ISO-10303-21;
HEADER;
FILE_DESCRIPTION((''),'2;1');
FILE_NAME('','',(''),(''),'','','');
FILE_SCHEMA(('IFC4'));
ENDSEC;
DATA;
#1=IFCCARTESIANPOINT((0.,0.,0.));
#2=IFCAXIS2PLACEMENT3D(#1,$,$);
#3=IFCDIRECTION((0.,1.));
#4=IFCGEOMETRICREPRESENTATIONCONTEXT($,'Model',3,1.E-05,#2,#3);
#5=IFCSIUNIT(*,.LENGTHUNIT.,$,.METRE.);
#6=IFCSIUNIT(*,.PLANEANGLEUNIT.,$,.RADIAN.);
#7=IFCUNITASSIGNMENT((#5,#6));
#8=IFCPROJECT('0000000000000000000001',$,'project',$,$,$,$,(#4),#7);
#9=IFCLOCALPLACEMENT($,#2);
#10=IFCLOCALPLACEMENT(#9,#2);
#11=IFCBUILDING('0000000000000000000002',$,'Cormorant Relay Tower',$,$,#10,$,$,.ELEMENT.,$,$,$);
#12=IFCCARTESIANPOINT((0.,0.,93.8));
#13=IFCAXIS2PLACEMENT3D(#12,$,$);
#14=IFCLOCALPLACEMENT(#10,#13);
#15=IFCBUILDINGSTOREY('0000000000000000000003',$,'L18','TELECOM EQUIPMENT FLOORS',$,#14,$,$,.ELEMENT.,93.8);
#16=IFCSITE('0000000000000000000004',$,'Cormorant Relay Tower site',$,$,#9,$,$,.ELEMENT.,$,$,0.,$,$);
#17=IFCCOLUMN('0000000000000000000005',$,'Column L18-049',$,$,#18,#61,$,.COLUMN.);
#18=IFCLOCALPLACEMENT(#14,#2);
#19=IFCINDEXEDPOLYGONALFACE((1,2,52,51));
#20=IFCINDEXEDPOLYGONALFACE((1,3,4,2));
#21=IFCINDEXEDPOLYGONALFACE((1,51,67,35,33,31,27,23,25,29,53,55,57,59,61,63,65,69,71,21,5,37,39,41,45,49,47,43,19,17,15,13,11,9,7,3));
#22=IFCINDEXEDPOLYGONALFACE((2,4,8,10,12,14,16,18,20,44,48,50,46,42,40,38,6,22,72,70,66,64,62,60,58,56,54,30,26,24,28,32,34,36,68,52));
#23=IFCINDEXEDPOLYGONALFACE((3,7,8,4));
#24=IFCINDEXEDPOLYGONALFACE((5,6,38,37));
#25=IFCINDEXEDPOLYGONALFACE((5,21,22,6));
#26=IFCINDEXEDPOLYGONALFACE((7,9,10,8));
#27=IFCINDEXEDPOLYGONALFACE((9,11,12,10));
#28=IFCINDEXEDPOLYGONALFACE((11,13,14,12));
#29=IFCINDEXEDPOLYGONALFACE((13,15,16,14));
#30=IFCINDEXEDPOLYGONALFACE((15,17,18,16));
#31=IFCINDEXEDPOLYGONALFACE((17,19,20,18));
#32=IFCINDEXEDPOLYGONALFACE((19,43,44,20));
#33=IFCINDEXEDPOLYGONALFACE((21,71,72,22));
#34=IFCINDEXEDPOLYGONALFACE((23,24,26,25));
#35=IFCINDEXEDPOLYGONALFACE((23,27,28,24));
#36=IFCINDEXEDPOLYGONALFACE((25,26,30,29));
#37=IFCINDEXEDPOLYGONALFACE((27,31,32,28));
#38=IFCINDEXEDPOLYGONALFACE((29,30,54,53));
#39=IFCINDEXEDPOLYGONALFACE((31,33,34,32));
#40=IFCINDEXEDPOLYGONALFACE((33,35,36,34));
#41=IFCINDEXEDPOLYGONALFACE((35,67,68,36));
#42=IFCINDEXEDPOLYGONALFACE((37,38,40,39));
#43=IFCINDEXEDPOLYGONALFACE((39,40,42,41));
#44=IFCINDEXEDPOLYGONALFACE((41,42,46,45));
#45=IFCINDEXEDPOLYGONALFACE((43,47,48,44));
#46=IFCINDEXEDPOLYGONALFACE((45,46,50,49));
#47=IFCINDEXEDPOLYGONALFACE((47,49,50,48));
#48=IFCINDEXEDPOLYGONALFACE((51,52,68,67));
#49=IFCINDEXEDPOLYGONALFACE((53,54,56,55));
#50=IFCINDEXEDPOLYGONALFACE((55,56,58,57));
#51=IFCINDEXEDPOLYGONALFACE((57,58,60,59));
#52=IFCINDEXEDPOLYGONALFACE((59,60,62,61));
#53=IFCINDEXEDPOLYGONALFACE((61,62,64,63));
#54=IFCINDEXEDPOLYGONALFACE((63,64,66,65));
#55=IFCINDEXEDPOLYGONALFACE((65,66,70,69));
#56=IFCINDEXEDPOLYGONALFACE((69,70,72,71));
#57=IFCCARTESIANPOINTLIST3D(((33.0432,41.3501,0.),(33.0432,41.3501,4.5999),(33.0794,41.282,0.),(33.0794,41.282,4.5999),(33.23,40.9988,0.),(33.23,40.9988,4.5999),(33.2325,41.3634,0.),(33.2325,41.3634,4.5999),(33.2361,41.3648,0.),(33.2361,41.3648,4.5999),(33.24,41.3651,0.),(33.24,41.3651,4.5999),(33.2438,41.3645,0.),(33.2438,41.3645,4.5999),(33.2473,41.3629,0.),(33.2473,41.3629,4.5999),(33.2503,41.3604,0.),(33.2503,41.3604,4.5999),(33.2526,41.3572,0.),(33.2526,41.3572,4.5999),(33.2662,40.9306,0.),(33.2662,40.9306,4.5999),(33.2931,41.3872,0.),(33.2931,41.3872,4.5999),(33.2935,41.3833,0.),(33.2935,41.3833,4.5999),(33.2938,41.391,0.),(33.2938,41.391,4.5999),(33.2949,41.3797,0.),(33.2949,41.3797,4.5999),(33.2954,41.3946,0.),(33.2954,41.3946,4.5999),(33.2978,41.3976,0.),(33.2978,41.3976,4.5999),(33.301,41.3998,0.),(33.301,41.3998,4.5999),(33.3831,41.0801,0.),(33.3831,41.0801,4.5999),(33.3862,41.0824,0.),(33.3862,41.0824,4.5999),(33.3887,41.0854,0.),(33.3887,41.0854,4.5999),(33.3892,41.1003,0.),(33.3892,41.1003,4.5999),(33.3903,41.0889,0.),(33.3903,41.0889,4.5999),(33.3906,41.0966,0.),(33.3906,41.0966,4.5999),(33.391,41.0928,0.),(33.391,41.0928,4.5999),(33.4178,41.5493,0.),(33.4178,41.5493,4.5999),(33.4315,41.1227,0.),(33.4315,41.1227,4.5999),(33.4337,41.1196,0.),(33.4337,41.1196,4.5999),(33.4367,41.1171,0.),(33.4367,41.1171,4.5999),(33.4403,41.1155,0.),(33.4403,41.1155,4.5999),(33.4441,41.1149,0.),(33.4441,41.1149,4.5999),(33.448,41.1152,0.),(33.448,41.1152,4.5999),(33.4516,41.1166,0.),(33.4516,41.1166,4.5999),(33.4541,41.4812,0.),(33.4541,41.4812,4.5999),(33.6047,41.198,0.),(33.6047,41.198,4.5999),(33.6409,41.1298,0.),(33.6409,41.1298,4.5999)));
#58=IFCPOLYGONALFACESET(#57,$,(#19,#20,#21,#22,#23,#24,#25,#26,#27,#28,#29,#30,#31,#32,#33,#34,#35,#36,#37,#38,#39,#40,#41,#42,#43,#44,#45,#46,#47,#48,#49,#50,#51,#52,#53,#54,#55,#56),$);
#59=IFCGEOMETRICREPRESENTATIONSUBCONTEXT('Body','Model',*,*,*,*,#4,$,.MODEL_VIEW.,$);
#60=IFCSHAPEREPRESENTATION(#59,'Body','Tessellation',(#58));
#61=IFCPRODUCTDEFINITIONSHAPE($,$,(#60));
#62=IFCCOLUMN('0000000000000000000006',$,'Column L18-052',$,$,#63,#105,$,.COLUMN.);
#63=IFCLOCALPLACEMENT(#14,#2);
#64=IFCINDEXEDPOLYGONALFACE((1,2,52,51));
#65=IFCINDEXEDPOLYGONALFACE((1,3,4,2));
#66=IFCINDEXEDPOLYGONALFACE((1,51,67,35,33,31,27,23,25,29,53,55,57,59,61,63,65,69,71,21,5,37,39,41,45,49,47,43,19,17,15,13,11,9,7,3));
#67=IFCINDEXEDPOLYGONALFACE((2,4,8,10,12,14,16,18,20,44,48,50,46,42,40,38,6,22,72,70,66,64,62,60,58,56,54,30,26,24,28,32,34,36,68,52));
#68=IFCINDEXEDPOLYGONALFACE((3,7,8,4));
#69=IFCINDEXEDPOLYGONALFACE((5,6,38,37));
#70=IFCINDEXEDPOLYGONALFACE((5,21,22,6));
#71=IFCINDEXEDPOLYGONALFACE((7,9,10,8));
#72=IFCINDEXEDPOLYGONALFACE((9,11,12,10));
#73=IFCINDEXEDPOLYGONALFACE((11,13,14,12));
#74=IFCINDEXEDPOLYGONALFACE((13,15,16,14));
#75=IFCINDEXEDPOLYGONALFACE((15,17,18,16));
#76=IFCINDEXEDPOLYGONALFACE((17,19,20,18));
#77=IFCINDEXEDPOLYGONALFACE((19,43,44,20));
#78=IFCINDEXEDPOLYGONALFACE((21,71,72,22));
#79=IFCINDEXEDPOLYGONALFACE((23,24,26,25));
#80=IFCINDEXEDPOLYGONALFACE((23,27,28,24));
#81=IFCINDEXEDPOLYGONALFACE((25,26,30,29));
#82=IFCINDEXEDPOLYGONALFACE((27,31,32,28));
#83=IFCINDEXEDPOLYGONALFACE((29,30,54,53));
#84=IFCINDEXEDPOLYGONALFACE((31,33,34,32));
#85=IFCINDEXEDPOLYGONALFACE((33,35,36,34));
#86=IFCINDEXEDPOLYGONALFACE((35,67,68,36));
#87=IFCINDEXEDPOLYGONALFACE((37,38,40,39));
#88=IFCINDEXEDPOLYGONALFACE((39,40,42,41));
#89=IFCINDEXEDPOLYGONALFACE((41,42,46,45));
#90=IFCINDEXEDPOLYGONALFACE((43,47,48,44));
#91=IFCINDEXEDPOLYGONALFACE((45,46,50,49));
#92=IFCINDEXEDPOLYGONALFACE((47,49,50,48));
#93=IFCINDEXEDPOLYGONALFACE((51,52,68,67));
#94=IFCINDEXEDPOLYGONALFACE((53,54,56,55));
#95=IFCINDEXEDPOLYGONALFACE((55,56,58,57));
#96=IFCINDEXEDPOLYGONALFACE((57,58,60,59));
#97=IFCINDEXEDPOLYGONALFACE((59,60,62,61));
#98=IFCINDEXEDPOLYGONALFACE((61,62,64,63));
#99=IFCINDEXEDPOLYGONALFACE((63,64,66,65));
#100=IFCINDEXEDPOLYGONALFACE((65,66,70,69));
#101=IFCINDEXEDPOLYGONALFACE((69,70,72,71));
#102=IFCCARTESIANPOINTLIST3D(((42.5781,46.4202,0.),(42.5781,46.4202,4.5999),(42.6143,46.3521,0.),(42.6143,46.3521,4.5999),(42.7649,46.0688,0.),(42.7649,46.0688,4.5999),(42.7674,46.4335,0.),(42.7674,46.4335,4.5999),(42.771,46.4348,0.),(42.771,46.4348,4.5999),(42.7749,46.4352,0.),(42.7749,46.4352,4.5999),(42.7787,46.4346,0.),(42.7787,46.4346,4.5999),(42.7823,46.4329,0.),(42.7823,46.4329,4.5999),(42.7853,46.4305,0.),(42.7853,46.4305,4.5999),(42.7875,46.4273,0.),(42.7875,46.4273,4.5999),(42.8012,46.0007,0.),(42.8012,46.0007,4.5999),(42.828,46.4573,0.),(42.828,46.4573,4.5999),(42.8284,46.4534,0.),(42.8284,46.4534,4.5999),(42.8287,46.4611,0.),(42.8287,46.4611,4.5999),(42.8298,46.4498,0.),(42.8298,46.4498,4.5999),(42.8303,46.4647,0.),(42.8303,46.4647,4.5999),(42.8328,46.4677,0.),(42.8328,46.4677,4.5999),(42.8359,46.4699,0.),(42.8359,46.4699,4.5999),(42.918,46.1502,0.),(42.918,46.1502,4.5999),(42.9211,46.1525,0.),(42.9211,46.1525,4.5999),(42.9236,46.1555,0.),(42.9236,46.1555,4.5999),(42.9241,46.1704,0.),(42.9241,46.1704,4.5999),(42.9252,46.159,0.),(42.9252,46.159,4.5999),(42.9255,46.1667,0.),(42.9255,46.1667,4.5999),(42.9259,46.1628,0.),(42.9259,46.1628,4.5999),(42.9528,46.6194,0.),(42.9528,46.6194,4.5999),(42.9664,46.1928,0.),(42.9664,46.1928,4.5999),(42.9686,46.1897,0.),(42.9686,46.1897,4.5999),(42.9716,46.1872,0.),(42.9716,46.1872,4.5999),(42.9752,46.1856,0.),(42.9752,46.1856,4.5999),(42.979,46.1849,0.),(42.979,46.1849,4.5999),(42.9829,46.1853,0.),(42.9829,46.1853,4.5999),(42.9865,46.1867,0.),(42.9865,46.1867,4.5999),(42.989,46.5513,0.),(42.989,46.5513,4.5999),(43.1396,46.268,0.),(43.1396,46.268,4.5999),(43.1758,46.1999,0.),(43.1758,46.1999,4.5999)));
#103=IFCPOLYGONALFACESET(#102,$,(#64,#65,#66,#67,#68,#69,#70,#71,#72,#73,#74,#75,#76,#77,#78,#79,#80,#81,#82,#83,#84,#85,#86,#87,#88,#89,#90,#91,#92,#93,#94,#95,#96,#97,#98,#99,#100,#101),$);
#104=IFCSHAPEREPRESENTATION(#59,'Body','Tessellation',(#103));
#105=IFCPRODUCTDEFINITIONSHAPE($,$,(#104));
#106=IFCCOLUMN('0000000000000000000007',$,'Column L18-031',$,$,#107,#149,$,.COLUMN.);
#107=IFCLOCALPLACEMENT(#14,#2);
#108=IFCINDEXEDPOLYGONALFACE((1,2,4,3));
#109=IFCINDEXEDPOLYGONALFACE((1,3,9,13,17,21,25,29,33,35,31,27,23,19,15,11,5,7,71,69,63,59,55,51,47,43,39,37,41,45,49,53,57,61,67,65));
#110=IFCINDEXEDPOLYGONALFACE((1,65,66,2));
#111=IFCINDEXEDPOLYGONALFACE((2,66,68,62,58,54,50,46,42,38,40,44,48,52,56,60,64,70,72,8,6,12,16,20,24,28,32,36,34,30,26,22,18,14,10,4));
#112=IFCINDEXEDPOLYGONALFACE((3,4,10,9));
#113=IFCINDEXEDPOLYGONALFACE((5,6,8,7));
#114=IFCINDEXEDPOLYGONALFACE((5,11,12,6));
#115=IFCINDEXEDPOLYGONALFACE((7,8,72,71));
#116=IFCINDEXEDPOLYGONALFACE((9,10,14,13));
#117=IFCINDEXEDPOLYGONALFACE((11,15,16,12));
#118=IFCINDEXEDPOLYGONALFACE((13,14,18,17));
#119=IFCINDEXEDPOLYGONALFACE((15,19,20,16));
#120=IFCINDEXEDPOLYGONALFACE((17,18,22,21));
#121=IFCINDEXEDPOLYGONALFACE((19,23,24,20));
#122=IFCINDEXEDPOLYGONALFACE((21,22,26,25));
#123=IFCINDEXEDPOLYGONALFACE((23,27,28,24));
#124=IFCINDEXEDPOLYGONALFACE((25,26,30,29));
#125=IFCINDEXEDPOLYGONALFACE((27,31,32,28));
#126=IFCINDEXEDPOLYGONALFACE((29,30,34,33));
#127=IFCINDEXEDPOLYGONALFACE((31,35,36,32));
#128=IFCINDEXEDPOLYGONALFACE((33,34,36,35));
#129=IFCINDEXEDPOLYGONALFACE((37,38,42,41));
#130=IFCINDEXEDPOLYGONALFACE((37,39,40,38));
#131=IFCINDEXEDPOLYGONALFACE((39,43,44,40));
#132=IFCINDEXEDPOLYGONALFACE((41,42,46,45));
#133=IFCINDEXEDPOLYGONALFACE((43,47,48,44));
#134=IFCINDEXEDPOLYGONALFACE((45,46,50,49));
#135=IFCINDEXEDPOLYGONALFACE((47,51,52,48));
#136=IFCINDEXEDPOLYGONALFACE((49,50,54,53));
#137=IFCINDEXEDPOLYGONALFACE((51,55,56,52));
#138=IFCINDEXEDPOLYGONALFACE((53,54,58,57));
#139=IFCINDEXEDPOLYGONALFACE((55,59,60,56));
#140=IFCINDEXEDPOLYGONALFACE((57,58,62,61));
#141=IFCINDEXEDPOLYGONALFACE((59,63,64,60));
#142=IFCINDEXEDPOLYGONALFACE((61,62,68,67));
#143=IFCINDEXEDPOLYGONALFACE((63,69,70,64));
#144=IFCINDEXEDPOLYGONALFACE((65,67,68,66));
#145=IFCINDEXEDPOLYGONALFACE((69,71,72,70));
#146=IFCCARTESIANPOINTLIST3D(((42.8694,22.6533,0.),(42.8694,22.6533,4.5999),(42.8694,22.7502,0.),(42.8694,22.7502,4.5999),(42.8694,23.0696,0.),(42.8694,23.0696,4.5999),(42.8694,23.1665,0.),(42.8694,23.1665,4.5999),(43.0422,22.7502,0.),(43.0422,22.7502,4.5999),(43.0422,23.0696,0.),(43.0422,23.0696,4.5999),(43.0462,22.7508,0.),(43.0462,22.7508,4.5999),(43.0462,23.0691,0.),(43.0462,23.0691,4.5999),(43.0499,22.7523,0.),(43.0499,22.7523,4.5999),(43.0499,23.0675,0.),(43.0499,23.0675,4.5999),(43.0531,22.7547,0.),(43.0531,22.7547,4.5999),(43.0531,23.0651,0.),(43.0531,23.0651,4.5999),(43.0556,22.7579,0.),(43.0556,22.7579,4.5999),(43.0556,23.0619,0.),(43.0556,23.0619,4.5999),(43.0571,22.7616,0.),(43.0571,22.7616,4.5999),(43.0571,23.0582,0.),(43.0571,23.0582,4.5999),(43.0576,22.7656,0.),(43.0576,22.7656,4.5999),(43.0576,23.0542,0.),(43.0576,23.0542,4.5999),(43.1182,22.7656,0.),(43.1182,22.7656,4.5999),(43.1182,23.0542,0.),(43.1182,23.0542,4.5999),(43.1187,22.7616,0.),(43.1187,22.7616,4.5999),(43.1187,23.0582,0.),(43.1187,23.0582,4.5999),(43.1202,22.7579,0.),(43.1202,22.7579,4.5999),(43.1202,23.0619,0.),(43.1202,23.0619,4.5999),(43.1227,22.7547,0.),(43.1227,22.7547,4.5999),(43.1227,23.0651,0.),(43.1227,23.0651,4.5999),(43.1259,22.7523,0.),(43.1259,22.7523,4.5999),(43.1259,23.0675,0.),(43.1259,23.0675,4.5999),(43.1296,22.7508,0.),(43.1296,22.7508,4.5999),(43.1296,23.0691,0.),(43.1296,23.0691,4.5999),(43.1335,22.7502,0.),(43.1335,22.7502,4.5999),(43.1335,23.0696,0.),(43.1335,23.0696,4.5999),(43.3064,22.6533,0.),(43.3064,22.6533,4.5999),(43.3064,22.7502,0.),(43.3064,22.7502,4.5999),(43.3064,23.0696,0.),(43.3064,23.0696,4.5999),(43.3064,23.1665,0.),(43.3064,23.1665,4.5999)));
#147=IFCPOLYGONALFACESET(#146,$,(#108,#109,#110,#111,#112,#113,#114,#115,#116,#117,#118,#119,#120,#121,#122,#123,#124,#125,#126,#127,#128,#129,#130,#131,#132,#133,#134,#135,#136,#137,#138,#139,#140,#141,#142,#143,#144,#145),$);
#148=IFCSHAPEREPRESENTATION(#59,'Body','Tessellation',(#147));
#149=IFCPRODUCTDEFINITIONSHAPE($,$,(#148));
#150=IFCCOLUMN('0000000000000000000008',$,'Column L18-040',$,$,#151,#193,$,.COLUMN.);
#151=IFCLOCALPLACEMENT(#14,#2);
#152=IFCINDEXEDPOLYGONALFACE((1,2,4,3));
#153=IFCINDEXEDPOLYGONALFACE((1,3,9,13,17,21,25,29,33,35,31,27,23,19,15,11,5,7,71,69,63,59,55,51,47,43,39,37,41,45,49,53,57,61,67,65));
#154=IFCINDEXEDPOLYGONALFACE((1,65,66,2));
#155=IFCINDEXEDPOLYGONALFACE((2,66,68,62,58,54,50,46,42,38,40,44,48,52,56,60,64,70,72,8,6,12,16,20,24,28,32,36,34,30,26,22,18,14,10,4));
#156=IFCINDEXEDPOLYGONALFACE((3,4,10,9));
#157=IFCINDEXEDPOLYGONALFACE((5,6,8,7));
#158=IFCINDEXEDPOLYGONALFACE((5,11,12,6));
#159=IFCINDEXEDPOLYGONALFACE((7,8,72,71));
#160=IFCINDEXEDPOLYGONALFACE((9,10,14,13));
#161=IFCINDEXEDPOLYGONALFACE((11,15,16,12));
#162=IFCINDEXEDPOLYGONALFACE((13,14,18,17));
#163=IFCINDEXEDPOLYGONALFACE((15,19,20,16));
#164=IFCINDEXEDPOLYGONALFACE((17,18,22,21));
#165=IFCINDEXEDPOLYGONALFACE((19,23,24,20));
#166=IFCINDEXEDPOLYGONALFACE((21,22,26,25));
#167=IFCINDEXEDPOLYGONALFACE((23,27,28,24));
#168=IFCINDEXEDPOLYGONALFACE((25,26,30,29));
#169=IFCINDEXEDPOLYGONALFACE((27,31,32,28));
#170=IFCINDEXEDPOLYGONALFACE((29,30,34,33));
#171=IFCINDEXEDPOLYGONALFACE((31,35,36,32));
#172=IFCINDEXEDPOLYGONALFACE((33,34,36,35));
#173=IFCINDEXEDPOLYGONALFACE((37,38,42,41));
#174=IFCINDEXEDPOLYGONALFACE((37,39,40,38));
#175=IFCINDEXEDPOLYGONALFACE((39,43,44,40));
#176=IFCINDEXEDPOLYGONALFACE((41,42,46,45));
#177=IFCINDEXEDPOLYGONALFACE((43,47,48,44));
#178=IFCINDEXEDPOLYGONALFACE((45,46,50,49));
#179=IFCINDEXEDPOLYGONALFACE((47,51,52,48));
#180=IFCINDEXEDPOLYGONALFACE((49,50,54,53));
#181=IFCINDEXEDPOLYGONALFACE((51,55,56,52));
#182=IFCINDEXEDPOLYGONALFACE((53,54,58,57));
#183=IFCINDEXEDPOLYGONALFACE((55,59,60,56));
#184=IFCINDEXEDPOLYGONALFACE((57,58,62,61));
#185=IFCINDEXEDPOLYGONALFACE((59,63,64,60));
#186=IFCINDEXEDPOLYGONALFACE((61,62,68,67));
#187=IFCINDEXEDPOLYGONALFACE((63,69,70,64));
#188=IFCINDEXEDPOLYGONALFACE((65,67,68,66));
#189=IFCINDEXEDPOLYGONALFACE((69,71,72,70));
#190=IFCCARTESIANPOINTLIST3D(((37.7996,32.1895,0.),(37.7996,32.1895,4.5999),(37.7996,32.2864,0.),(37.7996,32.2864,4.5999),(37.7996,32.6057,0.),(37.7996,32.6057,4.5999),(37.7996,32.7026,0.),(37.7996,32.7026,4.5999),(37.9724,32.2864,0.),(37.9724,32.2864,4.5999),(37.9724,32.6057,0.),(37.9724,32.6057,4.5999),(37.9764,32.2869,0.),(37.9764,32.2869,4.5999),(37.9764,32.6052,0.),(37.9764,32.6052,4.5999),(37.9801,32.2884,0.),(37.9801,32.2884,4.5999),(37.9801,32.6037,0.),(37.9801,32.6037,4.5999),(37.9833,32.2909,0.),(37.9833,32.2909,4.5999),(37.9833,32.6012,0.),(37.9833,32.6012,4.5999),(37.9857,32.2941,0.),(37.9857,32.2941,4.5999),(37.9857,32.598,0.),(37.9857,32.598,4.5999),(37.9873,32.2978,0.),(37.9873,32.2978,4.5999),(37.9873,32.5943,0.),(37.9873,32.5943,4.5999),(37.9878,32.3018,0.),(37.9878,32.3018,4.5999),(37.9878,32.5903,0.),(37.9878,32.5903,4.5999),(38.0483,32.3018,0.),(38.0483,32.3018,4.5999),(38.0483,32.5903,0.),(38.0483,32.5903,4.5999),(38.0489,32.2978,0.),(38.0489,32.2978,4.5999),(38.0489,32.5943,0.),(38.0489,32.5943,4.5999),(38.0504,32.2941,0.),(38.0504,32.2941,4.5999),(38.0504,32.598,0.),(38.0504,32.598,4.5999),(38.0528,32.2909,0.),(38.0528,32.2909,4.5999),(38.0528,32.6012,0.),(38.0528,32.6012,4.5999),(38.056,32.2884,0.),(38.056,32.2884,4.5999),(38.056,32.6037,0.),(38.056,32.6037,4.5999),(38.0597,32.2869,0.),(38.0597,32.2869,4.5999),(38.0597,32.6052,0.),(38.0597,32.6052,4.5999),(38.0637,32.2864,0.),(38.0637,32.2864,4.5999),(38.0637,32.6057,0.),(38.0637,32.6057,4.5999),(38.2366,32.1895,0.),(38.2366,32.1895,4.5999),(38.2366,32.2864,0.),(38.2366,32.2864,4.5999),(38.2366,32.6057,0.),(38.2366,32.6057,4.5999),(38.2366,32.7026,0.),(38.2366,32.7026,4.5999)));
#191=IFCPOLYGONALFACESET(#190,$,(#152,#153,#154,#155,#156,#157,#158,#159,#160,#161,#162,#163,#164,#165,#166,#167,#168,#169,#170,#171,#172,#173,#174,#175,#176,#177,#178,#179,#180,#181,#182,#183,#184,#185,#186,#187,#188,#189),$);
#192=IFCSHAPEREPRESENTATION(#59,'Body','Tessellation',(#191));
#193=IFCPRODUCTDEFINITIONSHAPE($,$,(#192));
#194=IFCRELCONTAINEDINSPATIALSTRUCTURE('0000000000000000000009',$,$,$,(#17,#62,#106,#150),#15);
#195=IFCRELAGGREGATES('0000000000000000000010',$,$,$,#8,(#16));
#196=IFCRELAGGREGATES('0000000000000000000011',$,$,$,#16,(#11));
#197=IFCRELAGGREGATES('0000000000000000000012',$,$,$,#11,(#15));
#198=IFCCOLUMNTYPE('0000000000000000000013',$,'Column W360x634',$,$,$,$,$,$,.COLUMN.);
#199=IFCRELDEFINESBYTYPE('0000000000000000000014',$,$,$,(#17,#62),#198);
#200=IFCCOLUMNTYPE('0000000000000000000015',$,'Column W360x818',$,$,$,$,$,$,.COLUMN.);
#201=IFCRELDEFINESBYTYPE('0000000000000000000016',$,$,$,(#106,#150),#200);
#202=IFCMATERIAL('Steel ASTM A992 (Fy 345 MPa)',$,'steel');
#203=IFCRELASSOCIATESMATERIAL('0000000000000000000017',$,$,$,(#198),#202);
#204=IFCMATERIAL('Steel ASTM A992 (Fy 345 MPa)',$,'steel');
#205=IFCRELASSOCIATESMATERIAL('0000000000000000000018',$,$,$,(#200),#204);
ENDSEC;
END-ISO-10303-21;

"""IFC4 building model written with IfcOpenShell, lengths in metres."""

from ifc_helpers import new_model, si_unit, direction, frame, origin, origin_2d, place, context, subcontext, project, spatial, i_section, extrude, material, material_profile, profile_set, type_object, element, save


model = new_model("IFC4")

# Units and contexts
model_context = context("Model", 3, precision=1e-05, world=origin(), true_north=direction((0.0, 1.0)))
body_context = subcontext(model_context, "Body", "Model", "MODEL_VIEW")
ifc_project = project(units=[si_unit("LENGTHUNIT", "METRE"), si_unit("PLANEANGLEUNIT", "RADIAN")], contexts=[model_context])

# Site, building, storey
site_placement = place(None, origin())
site = spatial("IfcSite", under=ifc_project, at=site_placement, Name="Cormorant Relay Tower site", CompositionType="ELEMENT", RefElevation=0.0)
building_placement = place(site_placement, origin())
building = spatial("IfcBuilding", under=site, at=building_placement, Name="Cormorant Relay Tower", CompositionType="ELEMENT")
storey_placement = place(building_placement, frame((0.0, 0.0, 93.8)))
storey = spatial("IfcBuildingStorey", under=building, at=storey_placement, Name="L18", Description="TELECOM EQUIPMENT FLOORS", CompositionType="ELEMENT", Elevation=93.8)

# Columns
ifc_material_1 = material(Name="Steel ASTM A992 (Fy 345 MPa)", Category="steel")
ifc_material_profile_1 = material_profile(ifc_material_1, i_section(OverallWidth=0.4243, OverallDepth=0.4751, WebThickness=0.0479, FlangeThickness=0.0771, FilletRadius=0.0149, at=origin_2d()), Name="W360x634")
ifc_profile_set_1 = profile_set([ifc_material_profile_1], Name="Steel ASTM A992 (Fy 345 MPa)")
column_type_1 = type_object("IfcColumnType", Name="Column W360x634", PredefinedType="COLUMN", material=ifc_profile_set_1)
for number, where, z_axis, x_axis, name in (
    (1, (33.342, 41.24, 0.0), (0.0, 0.0, 1.0), (-0.882948, -0.469472, 0.0), "Column L18-049"),
    (2, (42.877, 46.3101, 0.0), (0.0, 0.0, 1.0), (-0.882948, -0.469472, 0.0), "Column L18-052"),
):
    element("IfcColumn", number, at=place(storey_placement, frame(where, z_axis=z_axis, x_axis=x_axis)), inside=storey, type_object=column_type_1, Name=name, PredefinedType="COLUMN", context=body_context, shape_type="SweptSolid", body=[
        extrude(i_section(OverallWidth=0.4243, OverallDepth=0.4751, WebThickness=0.0479, FlangeThickness=0.0771, FilletRadius=0.0149, at=origin_2d()), origin(), (0.0, 0.0, 1.0), 4.5999),
    ])
ifc_material_2 = material(Name="Steel ASTM A992 (Fy 345 MPa)", Category="steel")
ifc_material_profile_2 = material_profile(ifc_material_2, i_section(OverallWidth=0.437, OverallDepth=0.5132, WebThickness=0.0605, FlangeThickness=0.0969, FilletRadius=0.0154, at=origin_2d()), Name="W360x818")
ifc_profile_set_2 = profile_set([ifc_material_profile_2], Name="Steel ASTM A992 (Fy 345 MPa)")
column_type_2 = type_object("IfcColumnType", Name="Column W360x818", PredefinedType="COLUMN", material=ifc_profile_set_2)
for number, where, z_axis, x_axis, name in (
    (3, (43.0879, 22.9099, 0.0), (0.0, 0.0, 1.0), (1.0, 0.0, 0.0), "Column L18-031"),
    (4, (38.0181, 32.446, 0.0), (0.0, 0.0, 1.0), (1.0, 0.0, 0.0), "Column L18-040"),
):
    element("IfcColumn", number, at=place(storey_placement, frame(where, z_axis=z_axis, x_axis=x_axis)), inside=storey, type_object=column_type_2, Name=name, PredefinedType="COLUMN", context=body_context, shape_type="SweptSolid", body=[
        extrude(i_section(OverallWidth=0.437, OverallDepth=0.5132, WebThickness=0.0605, FlangeThickness=0.0969, FilletRadius=0.0154, at=origin_2d()), origin(), (0.0, 0.0, 1.0), 4.5999),
    ])

save(model, "model.ifc")
